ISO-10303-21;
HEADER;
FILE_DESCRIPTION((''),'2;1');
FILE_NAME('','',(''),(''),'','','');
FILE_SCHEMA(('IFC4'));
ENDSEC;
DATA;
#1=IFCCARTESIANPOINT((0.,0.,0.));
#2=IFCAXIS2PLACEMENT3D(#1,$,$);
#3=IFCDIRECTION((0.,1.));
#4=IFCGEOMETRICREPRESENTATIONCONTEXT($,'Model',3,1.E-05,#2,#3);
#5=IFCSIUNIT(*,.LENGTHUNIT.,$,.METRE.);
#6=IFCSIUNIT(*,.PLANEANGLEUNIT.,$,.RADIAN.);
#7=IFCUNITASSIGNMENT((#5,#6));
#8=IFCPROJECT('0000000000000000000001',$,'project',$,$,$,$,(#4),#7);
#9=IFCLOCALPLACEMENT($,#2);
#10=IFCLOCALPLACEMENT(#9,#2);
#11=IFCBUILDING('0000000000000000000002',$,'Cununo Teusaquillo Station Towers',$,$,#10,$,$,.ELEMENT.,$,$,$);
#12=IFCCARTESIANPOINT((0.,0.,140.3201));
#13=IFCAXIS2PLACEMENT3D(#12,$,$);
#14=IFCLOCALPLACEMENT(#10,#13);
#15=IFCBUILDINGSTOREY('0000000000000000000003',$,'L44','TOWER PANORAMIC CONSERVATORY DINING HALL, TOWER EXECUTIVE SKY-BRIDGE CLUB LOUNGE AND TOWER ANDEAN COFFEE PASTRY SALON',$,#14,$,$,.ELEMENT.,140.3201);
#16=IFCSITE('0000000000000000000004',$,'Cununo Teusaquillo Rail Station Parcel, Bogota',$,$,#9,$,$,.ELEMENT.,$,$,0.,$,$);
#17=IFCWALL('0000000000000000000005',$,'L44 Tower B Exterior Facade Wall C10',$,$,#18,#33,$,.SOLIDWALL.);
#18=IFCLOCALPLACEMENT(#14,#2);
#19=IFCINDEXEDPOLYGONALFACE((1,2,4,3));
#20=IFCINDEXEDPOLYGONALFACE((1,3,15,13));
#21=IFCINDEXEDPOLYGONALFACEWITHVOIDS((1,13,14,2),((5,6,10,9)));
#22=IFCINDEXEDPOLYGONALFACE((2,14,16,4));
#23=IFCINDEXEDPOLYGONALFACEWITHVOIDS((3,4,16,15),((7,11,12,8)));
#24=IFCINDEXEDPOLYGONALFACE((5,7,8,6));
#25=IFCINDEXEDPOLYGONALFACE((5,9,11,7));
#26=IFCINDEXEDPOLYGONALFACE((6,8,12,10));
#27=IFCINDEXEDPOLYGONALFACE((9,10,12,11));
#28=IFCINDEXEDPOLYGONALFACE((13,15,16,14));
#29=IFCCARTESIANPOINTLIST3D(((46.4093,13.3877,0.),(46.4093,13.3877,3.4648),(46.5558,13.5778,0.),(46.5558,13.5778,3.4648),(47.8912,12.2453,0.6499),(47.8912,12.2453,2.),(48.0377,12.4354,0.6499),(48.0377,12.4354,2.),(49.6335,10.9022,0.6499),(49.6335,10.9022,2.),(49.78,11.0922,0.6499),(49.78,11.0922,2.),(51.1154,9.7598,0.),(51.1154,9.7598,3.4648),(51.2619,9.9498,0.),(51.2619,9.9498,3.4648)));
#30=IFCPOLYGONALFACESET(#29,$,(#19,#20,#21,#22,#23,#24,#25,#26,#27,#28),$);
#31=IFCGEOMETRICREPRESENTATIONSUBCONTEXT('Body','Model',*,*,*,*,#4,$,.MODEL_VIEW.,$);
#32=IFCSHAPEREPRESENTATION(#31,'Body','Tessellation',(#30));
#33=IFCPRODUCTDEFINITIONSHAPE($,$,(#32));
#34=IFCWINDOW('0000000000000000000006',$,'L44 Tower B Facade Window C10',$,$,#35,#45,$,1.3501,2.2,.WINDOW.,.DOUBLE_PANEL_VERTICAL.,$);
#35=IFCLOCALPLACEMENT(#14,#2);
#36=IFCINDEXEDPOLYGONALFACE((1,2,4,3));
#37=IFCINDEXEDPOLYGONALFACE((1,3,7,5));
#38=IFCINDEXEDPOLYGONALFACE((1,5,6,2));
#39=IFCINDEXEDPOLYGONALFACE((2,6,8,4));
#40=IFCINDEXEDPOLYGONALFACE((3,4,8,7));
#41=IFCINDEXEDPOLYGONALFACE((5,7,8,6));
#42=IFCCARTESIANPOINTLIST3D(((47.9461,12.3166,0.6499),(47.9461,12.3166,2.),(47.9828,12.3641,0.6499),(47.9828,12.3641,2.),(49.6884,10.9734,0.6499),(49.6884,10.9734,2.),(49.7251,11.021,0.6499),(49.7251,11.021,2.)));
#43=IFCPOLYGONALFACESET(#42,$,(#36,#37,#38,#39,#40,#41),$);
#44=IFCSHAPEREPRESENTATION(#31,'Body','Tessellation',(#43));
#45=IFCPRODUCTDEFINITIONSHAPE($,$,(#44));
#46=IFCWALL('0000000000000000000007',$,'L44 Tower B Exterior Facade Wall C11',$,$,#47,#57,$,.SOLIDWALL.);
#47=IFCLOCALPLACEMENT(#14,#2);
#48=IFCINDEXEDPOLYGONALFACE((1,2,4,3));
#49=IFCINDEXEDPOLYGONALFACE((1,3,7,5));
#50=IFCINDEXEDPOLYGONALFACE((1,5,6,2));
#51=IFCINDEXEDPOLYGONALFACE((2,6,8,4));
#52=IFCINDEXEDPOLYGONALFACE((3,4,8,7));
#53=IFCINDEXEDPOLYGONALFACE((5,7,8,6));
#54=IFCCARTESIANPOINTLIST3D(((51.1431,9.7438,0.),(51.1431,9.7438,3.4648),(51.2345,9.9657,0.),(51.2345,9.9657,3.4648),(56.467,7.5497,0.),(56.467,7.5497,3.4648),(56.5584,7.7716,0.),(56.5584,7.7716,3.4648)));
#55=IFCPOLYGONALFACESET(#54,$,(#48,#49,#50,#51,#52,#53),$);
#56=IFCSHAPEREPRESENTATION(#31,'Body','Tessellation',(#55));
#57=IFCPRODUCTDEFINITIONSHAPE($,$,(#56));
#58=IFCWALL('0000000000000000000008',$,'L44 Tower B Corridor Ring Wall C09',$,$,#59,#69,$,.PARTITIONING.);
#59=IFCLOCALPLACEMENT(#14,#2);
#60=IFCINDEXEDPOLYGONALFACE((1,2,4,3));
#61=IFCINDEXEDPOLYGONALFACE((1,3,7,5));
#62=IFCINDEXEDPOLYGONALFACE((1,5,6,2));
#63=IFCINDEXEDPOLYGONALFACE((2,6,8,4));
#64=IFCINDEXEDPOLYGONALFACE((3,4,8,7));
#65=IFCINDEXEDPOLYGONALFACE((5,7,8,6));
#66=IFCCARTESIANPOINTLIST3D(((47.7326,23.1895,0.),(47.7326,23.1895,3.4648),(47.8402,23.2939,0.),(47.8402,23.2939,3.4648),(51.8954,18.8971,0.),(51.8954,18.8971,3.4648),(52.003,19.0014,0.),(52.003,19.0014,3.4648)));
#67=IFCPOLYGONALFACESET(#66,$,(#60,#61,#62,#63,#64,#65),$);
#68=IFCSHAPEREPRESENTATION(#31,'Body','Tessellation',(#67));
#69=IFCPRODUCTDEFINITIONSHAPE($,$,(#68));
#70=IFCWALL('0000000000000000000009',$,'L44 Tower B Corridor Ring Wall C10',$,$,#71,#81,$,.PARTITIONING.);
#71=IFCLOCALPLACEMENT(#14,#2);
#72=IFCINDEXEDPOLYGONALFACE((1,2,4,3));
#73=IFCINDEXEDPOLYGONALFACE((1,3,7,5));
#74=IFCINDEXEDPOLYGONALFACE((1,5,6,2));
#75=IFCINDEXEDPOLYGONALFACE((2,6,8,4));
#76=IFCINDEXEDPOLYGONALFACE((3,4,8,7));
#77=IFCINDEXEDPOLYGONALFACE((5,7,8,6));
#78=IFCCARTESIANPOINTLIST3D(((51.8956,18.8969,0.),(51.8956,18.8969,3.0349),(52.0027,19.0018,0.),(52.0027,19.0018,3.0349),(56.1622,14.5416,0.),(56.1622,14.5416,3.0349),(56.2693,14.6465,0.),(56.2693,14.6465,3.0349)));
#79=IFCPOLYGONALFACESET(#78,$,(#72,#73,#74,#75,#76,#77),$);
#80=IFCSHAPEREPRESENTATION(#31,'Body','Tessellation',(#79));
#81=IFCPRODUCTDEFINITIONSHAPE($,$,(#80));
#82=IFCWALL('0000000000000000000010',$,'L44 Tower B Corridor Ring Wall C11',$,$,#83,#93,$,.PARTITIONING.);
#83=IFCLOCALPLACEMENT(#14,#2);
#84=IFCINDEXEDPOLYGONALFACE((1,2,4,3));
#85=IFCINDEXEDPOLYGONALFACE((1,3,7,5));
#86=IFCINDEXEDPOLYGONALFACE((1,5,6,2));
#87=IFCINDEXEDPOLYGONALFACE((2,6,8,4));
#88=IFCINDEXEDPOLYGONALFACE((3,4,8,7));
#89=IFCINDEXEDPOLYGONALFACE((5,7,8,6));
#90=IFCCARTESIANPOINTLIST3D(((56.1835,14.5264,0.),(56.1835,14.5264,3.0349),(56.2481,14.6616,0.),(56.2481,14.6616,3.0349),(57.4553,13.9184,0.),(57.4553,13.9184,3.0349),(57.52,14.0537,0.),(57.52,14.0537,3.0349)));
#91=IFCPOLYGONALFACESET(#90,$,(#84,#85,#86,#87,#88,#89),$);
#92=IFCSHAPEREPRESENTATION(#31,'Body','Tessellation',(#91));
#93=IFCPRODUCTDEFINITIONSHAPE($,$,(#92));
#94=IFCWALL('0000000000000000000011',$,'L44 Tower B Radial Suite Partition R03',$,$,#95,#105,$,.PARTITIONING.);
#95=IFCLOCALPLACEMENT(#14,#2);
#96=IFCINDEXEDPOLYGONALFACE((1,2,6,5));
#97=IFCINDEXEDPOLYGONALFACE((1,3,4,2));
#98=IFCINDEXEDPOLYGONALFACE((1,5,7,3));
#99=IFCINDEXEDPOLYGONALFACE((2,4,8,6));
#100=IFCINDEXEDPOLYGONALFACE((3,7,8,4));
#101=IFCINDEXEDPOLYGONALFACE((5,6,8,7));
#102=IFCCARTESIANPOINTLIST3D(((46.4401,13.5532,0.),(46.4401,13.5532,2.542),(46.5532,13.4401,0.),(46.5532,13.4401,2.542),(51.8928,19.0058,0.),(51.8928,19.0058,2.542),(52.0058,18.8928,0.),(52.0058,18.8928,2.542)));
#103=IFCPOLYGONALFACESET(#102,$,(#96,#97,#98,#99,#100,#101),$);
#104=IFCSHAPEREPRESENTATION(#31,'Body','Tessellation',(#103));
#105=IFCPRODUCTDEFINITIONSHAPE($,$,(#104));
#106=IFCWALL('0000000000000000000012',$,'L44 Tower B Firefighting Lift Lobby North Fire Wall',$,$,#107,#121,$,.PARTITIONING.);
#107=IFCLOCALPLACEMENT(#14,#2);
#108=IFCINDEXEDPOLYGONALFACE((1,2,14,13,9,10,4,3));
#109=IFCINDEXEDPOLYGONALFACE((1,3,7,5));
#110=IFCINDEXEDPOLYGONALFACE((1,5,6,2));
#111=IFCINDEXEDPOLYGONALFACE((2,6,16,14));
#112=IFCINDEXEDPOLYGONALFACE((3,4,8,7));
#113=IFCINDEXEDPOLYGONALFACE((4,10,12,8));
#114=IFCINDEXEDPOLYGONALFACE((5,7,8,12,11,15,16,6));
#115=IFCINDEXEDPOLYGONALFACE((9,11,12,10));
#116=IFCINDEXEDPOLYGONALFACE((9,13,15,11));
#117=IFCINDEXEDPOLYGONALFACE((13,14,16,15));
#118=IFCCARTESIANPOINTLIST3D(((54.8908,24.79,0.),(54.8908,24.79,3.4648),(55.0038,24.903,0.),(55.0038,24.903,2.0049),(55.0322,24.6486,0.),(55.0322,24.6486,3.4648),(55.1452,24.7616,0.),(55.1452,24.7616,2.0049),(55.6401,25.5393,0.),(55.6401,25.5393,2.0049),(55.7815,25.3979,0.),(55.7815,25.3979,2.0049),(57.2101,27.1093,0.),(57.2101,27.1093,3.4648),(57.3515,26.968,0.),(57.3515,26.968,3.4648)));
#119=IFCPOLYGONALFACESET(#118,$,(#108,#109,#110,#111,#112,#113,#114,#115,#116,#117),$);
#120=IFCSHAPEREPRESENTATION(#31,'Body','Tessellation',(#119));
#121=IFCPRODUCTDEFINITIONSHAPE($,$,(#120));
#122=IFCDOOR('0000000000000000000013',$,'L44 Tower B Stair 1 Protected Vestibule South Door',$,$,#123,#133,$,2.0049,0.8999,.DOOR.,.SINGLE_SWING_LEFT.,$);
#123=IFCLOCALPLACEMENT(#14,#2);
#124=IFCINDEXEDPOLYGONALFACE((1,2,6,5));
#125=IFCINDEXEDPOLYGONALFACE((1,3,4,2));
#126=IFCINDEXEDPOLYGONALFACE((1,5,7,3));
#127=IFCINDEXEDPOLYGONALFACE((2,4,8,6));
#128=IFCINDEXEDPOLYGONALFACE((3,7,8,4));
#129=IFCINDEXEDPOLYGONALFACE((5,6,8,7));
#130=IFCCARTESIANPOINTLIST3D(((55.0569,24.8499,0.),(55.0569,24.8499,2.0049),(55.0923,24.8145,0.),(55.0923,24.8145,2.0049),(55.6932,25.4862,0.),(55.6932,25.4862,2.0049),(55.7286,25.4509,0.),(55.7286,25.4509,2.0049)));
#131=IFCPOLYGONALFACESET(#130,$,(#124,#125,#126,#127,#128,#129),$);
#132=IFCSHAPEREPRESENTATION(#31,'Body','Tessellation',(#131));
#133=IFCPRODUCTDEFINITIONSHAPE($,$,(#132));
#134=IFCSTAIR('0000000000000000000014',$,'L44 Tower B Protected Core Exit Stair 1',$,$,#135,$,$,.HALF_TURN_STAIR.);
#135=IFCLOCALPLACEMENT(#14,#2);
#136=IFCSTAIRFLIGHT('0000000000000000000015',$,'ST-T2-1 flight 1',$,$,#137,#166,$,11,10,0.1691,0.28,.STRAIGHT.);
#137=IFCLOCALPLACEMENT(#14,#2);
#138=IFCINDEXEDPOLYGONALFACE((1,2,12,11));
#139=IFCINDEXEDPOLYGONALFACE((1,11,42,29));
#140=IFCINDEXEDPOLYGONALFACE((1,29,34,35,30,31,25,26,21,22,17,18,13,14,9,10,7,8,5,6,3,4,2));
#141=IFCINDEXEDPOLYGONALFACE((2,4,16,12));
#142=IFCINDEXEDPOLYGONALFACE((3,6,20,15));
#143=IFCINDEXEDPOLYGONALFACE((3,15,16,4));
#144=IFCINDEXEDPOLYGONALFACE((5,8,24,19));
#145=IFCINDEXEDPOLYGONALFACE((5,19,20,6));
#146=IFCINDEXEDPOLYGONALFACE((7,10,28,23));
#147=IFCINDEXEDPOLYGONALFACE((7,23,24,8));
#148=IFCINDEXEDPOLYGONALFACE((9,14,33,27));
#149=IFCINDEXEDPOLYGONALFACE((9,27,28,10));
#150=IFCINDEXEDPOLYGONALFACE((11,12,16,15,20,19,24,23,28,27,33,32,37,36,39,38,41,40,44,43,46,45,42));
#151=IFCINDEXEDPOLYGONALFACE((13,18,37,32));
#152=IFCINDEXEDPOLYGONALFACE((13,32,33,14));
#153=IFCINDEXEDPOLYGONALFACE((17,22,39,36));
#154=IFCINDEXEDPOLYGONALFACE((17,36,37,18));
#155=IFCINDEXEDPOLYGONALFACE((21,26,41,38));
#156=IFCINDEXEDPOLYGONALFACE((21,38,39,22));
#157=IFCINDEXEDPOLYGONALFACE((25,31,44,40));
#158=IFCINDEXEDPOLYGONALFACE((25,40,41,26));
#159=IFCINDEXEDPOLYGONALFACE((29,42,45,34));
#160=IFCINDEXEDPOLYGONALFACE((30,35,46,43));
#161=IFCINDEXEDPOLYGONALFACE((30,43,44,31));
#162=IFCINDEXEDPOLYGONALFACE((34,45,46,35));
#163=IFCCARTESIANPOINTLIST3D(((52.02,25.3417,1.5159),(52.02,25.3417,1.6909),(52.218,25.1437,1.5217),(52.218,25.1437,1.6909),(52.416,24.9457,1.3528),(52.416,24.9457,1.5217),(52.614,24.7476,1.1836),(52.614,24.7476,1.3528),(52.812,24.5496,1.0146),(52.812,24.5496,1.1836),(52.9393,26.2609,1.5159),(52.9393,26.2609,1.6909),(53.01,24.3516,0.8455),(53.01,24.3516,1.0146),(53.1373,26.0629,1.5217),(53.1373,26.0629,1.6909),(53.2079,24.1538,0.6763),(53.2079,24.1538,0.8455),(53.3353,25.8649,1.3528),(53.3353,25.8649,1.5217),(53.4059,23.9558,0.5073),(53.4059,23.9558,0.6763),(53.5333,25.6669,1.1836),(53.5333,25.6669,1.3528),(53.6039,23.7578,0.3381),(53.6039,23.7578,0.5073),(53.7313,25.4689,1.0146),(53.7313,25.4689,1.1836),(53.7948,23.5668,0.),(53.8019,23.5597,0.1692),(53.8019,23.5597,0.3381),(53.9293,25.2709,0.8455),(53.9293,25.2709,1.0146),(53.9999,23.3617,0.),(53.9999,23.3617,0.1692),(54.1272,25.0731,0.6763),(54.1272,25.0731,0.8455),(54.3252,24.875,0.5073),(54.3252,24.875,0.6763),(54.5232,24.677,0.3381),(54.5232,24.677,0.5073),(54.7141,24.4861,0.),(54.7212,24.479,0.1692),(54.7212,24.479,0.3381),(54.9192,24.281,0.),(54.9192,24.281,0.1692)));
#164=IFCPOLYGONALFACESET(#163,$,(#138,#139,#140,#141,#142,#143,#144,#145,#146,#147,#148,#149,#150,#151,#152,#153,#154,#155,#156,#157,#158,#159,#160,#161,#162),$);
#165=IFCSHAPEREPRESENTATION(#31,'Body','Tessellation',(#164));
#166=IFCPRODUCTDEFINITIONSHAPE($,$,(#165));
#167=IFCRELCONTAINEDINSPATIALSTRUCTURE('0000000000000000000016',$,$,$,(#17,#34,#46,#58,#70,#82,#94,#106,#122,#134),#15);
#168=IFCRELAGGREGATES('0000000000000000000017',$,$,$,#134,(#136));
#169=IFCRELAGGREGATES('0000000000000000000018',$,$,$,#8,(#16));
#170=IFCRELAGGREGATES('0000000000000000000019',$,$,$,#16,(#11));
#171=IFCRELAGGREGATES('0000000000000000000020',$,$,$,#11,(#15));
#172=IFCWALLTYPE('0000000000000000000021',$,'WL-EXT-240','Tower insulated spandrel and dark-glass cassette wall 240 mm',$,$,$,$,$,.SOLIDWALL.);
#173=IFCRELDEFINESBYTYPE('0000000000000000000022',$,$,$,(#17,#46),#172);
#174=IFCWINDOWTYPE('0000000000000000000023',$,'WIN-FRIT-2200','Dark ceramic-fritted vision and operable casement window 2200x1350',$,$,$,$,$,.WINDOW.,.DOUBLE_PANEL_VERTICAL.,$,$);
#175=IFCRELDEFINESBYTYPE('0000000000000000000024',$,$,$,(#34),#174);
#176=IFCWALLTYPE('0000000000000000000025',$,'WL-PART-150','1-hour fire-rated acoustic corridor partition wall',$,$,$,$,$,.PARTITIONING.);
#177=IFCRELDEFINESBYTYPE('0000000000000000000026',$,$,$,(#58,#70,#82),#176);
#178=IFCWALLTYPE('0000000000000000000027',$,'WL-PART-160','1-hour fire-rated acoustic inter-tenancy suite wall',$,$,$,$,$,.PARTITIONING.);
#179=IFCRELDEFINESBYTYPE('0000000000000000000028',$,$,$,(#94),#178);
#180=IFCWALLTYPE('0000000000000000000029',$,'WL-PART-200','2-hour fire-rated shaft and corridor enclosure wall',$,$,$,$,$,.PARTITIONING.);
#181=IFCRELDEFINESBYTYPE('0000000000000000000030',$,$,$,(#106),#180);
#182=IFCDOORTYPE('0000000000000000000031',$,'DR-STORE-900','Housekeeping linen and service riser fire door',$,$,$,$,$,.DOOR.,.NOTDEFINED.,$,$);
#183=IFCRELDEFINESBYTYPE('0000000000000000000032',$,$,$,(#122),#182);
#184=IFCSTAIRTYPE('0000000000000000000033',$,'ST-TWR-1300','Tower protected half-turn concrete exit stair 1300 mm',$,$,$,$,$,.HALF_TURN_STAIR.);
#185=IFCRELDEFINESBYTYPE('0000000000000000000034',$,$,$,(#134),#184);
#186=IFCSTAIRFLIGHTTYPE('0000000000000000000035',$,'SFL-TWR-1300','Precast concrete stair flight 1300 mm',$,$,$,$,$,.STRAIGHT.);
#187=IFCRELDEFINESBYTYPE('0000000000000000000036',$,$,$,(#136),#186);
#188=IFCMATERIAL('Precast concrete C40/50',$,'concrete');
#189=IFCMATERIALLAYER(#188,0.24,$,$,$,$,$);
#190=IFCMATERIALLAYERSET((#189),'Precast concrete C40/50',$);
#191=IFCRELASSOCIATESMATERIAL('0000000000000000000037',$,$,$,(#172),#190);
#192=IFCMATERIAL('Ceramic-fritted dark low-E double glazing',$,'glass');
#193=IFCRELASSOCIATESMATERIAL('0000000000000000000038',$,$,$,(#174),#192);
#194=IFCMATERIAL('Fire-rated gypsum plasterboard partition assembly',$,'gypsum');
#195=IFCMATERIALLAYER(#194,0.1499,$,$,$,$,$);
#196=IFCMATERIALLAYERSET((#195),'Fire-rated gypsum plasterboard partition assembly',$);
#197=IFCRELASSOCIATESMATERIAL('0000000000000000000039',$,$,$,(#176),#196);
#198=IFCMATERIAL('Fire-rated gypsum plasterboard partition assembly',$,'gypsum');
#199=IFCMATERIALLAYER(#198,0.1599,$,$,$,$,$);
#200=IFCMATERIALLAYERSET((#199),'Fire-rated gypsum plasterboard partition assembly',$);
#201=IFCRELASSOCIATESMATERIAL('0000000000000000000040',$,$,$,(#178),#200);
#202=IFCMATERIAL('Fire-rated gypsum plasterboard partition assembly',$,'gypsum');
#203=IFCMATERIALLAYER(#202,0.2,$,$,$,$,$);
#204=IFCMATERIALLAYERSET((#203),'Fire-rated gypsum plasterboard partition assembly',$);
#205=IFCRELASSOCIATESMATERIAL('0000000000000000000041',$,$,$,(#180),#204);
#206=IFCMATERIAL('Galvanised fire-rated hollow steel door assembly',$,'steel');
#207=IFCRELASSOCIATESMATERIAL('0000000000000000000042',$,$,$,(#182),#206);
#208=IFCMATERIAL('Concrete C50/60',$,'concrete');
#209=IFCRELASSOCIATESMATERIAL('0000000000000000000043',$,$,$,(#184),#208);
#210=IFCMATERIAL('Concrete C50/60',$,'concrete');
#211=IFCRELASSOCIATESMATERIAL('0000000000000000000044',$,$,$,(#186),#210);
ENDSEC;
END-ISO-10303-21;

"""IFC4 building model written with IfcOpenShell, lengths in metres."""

from ifc_helpers import new_model, si_unit, direction, frame, frame_2d, origin, place, context, subcontext, project, spatial, polyline, rectangle, outline, extrude, source, transform, mapped, material, layer, layer_set, type_object, element, fill, aggregate, save


model = new_model("IFC4")

# Units and contexts
model_context = context("Model", 3, precision=1e-05, world=origin(), true_north=direction((0.0, 1.0)))
body_context = subcontext(model_context, "Body", "Model", "MODEL_VIEW")
ifc_project = project(units=[si_unit("LENGTHUNIT", "METRE"), si_unit("PLANEANGLEUNIT", "RADIAN")], contexts=[model_context])

# Site, building, storey
site_placement = place(None, origin())
site = spatial("IfcSite", under=ifc_project, at=site_placement, Name="Cununo Teusaquillo Rail Station Parcel, Bogota", CompositionType="ELEMENT", RefElevation=0.0)
building_placement = place(site_placement, origin())
building = spatial("IfcBuilding", under=site, at=building_placement, Name="Cununo Teusaquillo Station Towers", CompositionType="ELEMENT")
storey_placement = place(building_placement, frame((0.0, 0.0, 140.3201)))
storey = spatial("IfcBuildingStorey", under=building, at=storey_placement, Name="L44", Description="TOWER PANORAMIC CONSERVATORY DINING HALL, TOWER EXECUTIVE SKY-BRIDGE CLUB LOUNGE AND TOWER ANDEAN COFFEE PASTRY SALON", CompositionType="ELEMENT", Elevation=140.3201)

# Wall, opening, window
ifc_material_1 = material(Name="Precast concrete C40/50", Category="concrete")
ifc_layer_1 = layer(ifc_material_1, 0.24)
ifc_layer_set_1 = layer_set([ifc_layer_1], Name="Precast concrete C40/50")
wall_type_1 = type_object("IfcWallType", Name="WL-EXT-240", Description="Tower insulated spandrel and dark-glass cassette wall 240 mm", PredefinedType="SOLIDWALL", material=ifc_layer_set_1)
wall_1_placement = place(storey_placement, frame((51.1887, 9.8547, 0.0), z_axis=(0.0, 0.0, 1.0), x_axis=(-0.791982, 0.610544, 0.0)))
wall_1 = element("IfcWall", 1, at=wall_1_placement, inside=storey, type_object=wall_type_1, Name="L44 Tower B Exterior Facade Wall C10", PredefinedType="SOLIDWALL", context=body_context, shape_type="SweptSolid", body=[
    extrude(rectangle(XDim=5.9421, YDim=0.24, at=frame_2d((2.9712, 0.0))), origin(), (0.0, 0.0, 1.0), 3.4648),
])
shared_shape_1 = source(origin(), body_context, "Body", "SweptSolid", [
    extrude(rectangle(XDim=2.2, YDim=1.3501, at=frame_2d((1.1001, 0.675))), frame((0.0, 0.1299, 0.0), z_axis=(0.0, -1.0, 0.0), x_axis=(1.0, 0.0, 0.0)), (0.0, 0.0, 1.0), 0.26),
])
opening_1_placement = place(wall_1_placement, frame((1.8711, 0.0, 0.6499)))
opening_1 = element("IfcOpeningElement", 2, at=opening_1_placement, cuts=wall_1, PredefinedType="OPENING", context=body_context, shape_type="MappedRepresentation", body=[
    mapped(shared_shape_1, transform((0.0, 0.0, 0.0), x_axis=(1.0, 0.0, 0.0), y_axis=(0.0, 1.0, 0.0), z_axis=(0.0, 0.0, 1.0), scale=1.0)),
])
ifc_material_2 = material(Name="Ceramic-fritted dark low-E double glazing", Category="glass")
window_type = type_object("IfcWindowType", Name="WIN-FRIT-2200", Description="Dark ceramic-fritted vision and operable casement window 2200x1350", PartitioningType="DOUBLE_PANEL_VERTICAL", PredefinedType="WINDOW", material=ifc_material_2)
shared_shape_2 = source(origin(), body_context, "Body", "SweptSolid", [
    extrude(rectangle(XDim=2.2, YDim=1.3501, at=frame_2d((1.1001, 0.675))), frame((0.0, 0.03, 0.0), z_axis=(0.0, -1.0, 0.0), x_axis=(1.0, 0.0, 0.0)), (0.0, 0.0, 1.0), 0.0601),
])
window_placement = place(opening_1_placement, origin())
window = element("IfcWindow", 3, at=window_placement, inside=storey, type_object=window_type, Name="L44 Tower B Facade Window C10", OverallHeight=1.3501, OverallWidth=2.2, PartitioningType="DOUBLE_PANEL_VERTICAL", PredefinedType="WINDOW", context=body_context, shape_type="MappedRepresentation", body=[
    mapped(shared_shape_2, transform((0.0, 0.0, 0.0), x_axis=(1.0, 0.0, 0.0), y_axis=(0.0, 1.0, 0.0), z_axis=(0.0, 0.0, 1.0), scale=1.0)),
])
fill(opening_1, window)

# Walls
wall_2_placement = place(storey_placement, frame((56.5127, 7.6606, 0.0), z_axis=(0.0, 0.0, 1.0), x_axis=(-0.924564, 0.381027, 0.0)))
element("IfcWall", 4, at=wall_2_placement, inside=storey, type_object=wall_type_1, Name="L44 Tower B Exterior Facade Wall C11", PredefinedType="SOLIDWALL", context=body_context, shape_type="SweptSolid", body=[
    extrude(rectangle(XDim=5.7583, YDim=0.24, at=frame_2d((2.8792, 0.0))), origin(), (0.0, 0.0, 1.0), 3.4648),
])
ifc_material_3 = material(Name="Fire-rated gypsum plasterboard partition assembly", Category="gypsum")
ifc_layer_2 = layer(ifc_material_3, 0.1499)
ifc_layer_set_2 = layer_set([ifc_layer_2], Name="Fire-rated gypsum plasterboard partition assembly")
wall_type_2 = type_object("IfcWallType", Name="WL-PART-150", Description="1-hour fire-rated acoustic corridor partition wall", PredefinedType="PARTITIONING", material=ifc_layer_set_2)
wall_3_placement = place(storey_placement, frame((47.7864, 23.2417, 0.0), z_axis=(0.0, 0.0, 1.0), x_axis=(0.696183, -0.717864, 0.0)))
element("IfcWall", 5, at=wall_3_placement, inside=storey, type_object=wall_type_2, Name="L44 Tower B Corridor Ring Wall C09", PredefinedType="PARTITIONING", context=body_context, shape_type="SweptSolid", body=[
    extrude(rectangle(XDim=5.9795, YDim=0.1499, at=frame_2d((2.9897, 0.0))), origin(), (0.0, 0.0, 1.0), 3.4648),
])
wall_4_placement = place(storey_placement, frame((51.9492, 18.9492, 0.0), z_axis=(0.0, 0.0, 1.0), x_axis=(0.699802, -0.714337, 0.0)))
element("IfcWall", 6, at=wall_4_placement, inside=storey, type_object=wall_type_2, Name="L44 Tower B Corridor Ring Wall C10", PredefinedType="PARTITIONING", context=body_context, shape_type="SweptSolid", body=[
    extrude(rectangle(XDim=6.0969, YDim=0.1499, at=frame_2d((3.0483, 0.0))), origin(), (0.0, 0.0, 1.0), 3.0349),
])
wall_5_placement = place(storey_placement, frame((56.2158, 14.594, 0.0), z_axis=(0.0, 0.0, 1.0), x_axis=(0.902219, -0.431278, 0.0)))
element("IfcWall", 7, at=wall_5_placement, inside=storey, type_object=wall_type_2, Name="L44 Tower B Corridor Ring Wall C11", PredefinedType="PARTITIONING", context=body_context, shape_type="SweptSolid", body=[
    extrude(rectangle(XDim=1.4097, YDim=0.1499, at=frame_2d((0.7048, 0.0))), origin(), (0.0, 0.0, 1.0), 3.0349),
])
ifc_material_4 = material(Name="Fire-rated gypsum plasterboard partition assembly", Category="gypsum")
ifc_layer_3 = layer(ifc_material_4, 0.1599)
ifc_layer_set_3 = layer_set([ifc_layer_3], Name="Fire-rated gypsum plasterboard partition assembly")
wall_type_3 = type_object("IfcWallType", Name="WL-PART-160", Description="1-hour fire-rated acoustic inter-tenancy suite wall", PredefinedType="PARTITIONING", material=ifc_layer_set_3)
wall_6_placement = place(storey_placement, frame((51.9492, 18.9492, 0.0), z_axis=(0.0, 0.0, 1.0), x_axis=(-0.707107, -0.707107, 0.0)))
element("IfcWall", 8, at=wall_6_placement, inside=storey, type_object=wall_type_3, Name="L44 Tower B Radial Suite Partition R03", PredefinedType="PARTITIONING", context=body_context, shape_type="SweptSolid", body=[
    extrude(rectangle(XDim=7.7112, YDim=0.1599, at=frame_2d((3.8555, 0.0))), origin(), (0.0, 0.0, 1.0), 2.542),
])

# Wall, opening, door
ifc_material_5 = material(Name="Fire-rated gypsum plasterboard partition assembly", Category="gypsum")
ifc_layer_4 = layer(ifc_material_5, 0.2)
ifc_layer_set_4 = layer_set([ifc_layer_4], Name="Fire-rated gypsum plasterboard partition assembly")
wall_type_4 = type_object("IfcWallType", Name="WL-PART-200", Description="2-hour fire-rated shaft and corridor enclosure wall", PredefinedType="PARTITIONING", material=ifc_layer_set_4)
wall_7_placement = place(storey_placement, frame((54.9614, 24.7192, 0.0), z_axis=(0.0, 0.0, 1.0), x_axis=(0.707107, 0.707107, 0.0)))
wall_7 = element("IfcWall", 9, at=wall_7_placement, inside=storey, type_object=wall_type_4, Name="L44 Tower B Firefighting Lift Lobby North Fire Wall", PredefinedType="PARTITIONING", context=body_context, shape_type="SweptSolid", body=[
    extrude(rectangle(XDim=3.28, YDim=0.2, at=frame_2d((1.6401, 0.0))), origin(), (0.0, 0.0, 1.0), 3.4648),
])
shared_shape_3 = source(origin(), body_context, "Body", "SweptSolid", [
    extrude(rectangle(XDim=0.8999, YDim=2.0049, at=frame_2d((0.45, 1.0024))), frame((0.0, 0.1099, 0.0), z_axis=(0.0, -1.0, 0.0), x_axis=(1.0, 0.0, 0.0)), (0.0, 0.0, 1.0), 0.22),
])
opening_2_placement = place(wall_7_placement, frame((0.1599, 0.0, 0.0)))
opening_2 = element("IfcOpeningElement", 10, at=opening_2_placement, cuts=wall_7, PredefinedType="OPENING", context=body_context, shape_type="MappedRepresentation", body=[
    mapped(shared_shape_3, transform((0.0, 0.0, 0.0), x_axis=(1.0, 0.0, 0.0), y_axis=(0.0, 1.0, 0.0), z_axis=(0.0, 0.0, 1.0), scale=1.0)),
])
ifc_material_6 = material(Name="Galvanised fire-rated hollow steel door assembly", Category="steel")
door_type_1 = type_object("IfcDoorType", Name="DR-STORE-900", Description="Housekeeping linen and service riser fire door", OperationType="NOTDEFINED", PredefinedType="DOOR", material=ifc_material_6)
shared_shape_4 = source(origin(), body_context, "Body", "SweptSolid", [
    extrude(rectangle(XDim=0.8999, YDim=2.0049, at=frame_2d((0.45, 1.0024))), frame((0.0, 0.0249, 0.0), z_axis=(0.0, -1.0, 0.0), x_axis=(1.0, 0.0, 0.0)), (0.0, 0.0, 1.0), 0.05),
])
door_1_placement = place(opening_2_placement, origin())
door_1 = element("IfcDoor", 11, at=door_1_placement, inside=storey, type_object=door_type_1, Name="L44 Tower B Stair 1 Protected Vestibule South Door", OperationType="SINGLE_SWING_LEFT", OverallHeight=2.0049, OverallWidth=0.8999, PredefinedType="DOOR", context=body_context, shape_type="MappedRepresentation", body=[
    mapped(shared_shape_4, transform((0.0, 0.0, 0.0), x_axis=(1.0, 0.0, 0.0), y_axis=(0.0, 1.0, 0.0), z_axis=(0.0, 0.0, 1.0), scale=1.0)),
])
fill(opening_2, door_1)

# Stair, stair flight
ifc_material_7 = material(Name="Concrete C50/60", Category="concrete")
stair_type = type_object("IfcStairType", Name="ST-TWR-1300", Description="Tower protected half-turn concrete exit stair 1300 mm", PredefinedType="HALF_TURN_STAIR", material=ifc_material_7)
stair_placement = place(storey_placement, origin())
stair = element("IfcStair", 12, at=stair_placement, inside=storey, type_object=stair_type, Name="L44 Tower B Protected Core Exit Stair 1", PredefinedType="HALF_TURN_STAIR")
ifc_material_8 = material(Name="Concrete C50/60", Category="concrete")
stair_flight_type = type_object("IfcStairFlightType", Name="SFL-TWR-1300", Description="Precast concrete stair flight 1300 mm", PredefinedType="STRAIGHT", material=ifc_material_8)
stair_flight_1_placement = place(storey_placement, frame((54.4595, 23.8213, 0.0), z_axis=(0.0, 0.0, 1.0), x_axis=(-0.707107, 0.707107, 0.0)))
stair_flight_1 = element("IfcStairFlight", 13, at=stair_flight_1_placement, type_object=stair_flight_type, Name="ST-T2-1 flight 1", NumberOfRisers=11, NumberOfTreads=10, PredefinedType="STRAIGHT", RiserHeight=0.1691, TreadLength=0.28, context=body_context, shape_type="SweptSolid", body=[
    extrude(outline(polyline([(0.0, 0.0), (0.0, 0.1692), (0.28, 0.1692), (0.28, 0.3381), (0.5601, 0.3381), (0.5601, 0.5073), (0.8401, 0.5073), (0.8401, 0.6763), (1.1201, 0.6763), (1.1201, 0.8455), (1.3999, 0.8455), (1.3999, 1.0146), (1.6799, 1.0146), (1.6799, 1.1836), (1.96, 1.1836), (1.96, 1.3528), (2.24, 1.3528), (2.24, 1.5217), (2.52, 1.5217), (2.52, 1.6909), (2.8, 1.6909), (2.8, 1.8601), (2.8, 1.5159), (0.29, 0.0), (0.0, 0.0)])), frame((0.0, 0.6499, 0.0), z_axis=(0.0, -1.0, 0.0), x_axis=(1.0, 0.0, 0.0)), (0.0, 0.0, 1.0), 1.3),
])
aggregate(stair, [stair_flight_1])

save(model, "model.ifc")
